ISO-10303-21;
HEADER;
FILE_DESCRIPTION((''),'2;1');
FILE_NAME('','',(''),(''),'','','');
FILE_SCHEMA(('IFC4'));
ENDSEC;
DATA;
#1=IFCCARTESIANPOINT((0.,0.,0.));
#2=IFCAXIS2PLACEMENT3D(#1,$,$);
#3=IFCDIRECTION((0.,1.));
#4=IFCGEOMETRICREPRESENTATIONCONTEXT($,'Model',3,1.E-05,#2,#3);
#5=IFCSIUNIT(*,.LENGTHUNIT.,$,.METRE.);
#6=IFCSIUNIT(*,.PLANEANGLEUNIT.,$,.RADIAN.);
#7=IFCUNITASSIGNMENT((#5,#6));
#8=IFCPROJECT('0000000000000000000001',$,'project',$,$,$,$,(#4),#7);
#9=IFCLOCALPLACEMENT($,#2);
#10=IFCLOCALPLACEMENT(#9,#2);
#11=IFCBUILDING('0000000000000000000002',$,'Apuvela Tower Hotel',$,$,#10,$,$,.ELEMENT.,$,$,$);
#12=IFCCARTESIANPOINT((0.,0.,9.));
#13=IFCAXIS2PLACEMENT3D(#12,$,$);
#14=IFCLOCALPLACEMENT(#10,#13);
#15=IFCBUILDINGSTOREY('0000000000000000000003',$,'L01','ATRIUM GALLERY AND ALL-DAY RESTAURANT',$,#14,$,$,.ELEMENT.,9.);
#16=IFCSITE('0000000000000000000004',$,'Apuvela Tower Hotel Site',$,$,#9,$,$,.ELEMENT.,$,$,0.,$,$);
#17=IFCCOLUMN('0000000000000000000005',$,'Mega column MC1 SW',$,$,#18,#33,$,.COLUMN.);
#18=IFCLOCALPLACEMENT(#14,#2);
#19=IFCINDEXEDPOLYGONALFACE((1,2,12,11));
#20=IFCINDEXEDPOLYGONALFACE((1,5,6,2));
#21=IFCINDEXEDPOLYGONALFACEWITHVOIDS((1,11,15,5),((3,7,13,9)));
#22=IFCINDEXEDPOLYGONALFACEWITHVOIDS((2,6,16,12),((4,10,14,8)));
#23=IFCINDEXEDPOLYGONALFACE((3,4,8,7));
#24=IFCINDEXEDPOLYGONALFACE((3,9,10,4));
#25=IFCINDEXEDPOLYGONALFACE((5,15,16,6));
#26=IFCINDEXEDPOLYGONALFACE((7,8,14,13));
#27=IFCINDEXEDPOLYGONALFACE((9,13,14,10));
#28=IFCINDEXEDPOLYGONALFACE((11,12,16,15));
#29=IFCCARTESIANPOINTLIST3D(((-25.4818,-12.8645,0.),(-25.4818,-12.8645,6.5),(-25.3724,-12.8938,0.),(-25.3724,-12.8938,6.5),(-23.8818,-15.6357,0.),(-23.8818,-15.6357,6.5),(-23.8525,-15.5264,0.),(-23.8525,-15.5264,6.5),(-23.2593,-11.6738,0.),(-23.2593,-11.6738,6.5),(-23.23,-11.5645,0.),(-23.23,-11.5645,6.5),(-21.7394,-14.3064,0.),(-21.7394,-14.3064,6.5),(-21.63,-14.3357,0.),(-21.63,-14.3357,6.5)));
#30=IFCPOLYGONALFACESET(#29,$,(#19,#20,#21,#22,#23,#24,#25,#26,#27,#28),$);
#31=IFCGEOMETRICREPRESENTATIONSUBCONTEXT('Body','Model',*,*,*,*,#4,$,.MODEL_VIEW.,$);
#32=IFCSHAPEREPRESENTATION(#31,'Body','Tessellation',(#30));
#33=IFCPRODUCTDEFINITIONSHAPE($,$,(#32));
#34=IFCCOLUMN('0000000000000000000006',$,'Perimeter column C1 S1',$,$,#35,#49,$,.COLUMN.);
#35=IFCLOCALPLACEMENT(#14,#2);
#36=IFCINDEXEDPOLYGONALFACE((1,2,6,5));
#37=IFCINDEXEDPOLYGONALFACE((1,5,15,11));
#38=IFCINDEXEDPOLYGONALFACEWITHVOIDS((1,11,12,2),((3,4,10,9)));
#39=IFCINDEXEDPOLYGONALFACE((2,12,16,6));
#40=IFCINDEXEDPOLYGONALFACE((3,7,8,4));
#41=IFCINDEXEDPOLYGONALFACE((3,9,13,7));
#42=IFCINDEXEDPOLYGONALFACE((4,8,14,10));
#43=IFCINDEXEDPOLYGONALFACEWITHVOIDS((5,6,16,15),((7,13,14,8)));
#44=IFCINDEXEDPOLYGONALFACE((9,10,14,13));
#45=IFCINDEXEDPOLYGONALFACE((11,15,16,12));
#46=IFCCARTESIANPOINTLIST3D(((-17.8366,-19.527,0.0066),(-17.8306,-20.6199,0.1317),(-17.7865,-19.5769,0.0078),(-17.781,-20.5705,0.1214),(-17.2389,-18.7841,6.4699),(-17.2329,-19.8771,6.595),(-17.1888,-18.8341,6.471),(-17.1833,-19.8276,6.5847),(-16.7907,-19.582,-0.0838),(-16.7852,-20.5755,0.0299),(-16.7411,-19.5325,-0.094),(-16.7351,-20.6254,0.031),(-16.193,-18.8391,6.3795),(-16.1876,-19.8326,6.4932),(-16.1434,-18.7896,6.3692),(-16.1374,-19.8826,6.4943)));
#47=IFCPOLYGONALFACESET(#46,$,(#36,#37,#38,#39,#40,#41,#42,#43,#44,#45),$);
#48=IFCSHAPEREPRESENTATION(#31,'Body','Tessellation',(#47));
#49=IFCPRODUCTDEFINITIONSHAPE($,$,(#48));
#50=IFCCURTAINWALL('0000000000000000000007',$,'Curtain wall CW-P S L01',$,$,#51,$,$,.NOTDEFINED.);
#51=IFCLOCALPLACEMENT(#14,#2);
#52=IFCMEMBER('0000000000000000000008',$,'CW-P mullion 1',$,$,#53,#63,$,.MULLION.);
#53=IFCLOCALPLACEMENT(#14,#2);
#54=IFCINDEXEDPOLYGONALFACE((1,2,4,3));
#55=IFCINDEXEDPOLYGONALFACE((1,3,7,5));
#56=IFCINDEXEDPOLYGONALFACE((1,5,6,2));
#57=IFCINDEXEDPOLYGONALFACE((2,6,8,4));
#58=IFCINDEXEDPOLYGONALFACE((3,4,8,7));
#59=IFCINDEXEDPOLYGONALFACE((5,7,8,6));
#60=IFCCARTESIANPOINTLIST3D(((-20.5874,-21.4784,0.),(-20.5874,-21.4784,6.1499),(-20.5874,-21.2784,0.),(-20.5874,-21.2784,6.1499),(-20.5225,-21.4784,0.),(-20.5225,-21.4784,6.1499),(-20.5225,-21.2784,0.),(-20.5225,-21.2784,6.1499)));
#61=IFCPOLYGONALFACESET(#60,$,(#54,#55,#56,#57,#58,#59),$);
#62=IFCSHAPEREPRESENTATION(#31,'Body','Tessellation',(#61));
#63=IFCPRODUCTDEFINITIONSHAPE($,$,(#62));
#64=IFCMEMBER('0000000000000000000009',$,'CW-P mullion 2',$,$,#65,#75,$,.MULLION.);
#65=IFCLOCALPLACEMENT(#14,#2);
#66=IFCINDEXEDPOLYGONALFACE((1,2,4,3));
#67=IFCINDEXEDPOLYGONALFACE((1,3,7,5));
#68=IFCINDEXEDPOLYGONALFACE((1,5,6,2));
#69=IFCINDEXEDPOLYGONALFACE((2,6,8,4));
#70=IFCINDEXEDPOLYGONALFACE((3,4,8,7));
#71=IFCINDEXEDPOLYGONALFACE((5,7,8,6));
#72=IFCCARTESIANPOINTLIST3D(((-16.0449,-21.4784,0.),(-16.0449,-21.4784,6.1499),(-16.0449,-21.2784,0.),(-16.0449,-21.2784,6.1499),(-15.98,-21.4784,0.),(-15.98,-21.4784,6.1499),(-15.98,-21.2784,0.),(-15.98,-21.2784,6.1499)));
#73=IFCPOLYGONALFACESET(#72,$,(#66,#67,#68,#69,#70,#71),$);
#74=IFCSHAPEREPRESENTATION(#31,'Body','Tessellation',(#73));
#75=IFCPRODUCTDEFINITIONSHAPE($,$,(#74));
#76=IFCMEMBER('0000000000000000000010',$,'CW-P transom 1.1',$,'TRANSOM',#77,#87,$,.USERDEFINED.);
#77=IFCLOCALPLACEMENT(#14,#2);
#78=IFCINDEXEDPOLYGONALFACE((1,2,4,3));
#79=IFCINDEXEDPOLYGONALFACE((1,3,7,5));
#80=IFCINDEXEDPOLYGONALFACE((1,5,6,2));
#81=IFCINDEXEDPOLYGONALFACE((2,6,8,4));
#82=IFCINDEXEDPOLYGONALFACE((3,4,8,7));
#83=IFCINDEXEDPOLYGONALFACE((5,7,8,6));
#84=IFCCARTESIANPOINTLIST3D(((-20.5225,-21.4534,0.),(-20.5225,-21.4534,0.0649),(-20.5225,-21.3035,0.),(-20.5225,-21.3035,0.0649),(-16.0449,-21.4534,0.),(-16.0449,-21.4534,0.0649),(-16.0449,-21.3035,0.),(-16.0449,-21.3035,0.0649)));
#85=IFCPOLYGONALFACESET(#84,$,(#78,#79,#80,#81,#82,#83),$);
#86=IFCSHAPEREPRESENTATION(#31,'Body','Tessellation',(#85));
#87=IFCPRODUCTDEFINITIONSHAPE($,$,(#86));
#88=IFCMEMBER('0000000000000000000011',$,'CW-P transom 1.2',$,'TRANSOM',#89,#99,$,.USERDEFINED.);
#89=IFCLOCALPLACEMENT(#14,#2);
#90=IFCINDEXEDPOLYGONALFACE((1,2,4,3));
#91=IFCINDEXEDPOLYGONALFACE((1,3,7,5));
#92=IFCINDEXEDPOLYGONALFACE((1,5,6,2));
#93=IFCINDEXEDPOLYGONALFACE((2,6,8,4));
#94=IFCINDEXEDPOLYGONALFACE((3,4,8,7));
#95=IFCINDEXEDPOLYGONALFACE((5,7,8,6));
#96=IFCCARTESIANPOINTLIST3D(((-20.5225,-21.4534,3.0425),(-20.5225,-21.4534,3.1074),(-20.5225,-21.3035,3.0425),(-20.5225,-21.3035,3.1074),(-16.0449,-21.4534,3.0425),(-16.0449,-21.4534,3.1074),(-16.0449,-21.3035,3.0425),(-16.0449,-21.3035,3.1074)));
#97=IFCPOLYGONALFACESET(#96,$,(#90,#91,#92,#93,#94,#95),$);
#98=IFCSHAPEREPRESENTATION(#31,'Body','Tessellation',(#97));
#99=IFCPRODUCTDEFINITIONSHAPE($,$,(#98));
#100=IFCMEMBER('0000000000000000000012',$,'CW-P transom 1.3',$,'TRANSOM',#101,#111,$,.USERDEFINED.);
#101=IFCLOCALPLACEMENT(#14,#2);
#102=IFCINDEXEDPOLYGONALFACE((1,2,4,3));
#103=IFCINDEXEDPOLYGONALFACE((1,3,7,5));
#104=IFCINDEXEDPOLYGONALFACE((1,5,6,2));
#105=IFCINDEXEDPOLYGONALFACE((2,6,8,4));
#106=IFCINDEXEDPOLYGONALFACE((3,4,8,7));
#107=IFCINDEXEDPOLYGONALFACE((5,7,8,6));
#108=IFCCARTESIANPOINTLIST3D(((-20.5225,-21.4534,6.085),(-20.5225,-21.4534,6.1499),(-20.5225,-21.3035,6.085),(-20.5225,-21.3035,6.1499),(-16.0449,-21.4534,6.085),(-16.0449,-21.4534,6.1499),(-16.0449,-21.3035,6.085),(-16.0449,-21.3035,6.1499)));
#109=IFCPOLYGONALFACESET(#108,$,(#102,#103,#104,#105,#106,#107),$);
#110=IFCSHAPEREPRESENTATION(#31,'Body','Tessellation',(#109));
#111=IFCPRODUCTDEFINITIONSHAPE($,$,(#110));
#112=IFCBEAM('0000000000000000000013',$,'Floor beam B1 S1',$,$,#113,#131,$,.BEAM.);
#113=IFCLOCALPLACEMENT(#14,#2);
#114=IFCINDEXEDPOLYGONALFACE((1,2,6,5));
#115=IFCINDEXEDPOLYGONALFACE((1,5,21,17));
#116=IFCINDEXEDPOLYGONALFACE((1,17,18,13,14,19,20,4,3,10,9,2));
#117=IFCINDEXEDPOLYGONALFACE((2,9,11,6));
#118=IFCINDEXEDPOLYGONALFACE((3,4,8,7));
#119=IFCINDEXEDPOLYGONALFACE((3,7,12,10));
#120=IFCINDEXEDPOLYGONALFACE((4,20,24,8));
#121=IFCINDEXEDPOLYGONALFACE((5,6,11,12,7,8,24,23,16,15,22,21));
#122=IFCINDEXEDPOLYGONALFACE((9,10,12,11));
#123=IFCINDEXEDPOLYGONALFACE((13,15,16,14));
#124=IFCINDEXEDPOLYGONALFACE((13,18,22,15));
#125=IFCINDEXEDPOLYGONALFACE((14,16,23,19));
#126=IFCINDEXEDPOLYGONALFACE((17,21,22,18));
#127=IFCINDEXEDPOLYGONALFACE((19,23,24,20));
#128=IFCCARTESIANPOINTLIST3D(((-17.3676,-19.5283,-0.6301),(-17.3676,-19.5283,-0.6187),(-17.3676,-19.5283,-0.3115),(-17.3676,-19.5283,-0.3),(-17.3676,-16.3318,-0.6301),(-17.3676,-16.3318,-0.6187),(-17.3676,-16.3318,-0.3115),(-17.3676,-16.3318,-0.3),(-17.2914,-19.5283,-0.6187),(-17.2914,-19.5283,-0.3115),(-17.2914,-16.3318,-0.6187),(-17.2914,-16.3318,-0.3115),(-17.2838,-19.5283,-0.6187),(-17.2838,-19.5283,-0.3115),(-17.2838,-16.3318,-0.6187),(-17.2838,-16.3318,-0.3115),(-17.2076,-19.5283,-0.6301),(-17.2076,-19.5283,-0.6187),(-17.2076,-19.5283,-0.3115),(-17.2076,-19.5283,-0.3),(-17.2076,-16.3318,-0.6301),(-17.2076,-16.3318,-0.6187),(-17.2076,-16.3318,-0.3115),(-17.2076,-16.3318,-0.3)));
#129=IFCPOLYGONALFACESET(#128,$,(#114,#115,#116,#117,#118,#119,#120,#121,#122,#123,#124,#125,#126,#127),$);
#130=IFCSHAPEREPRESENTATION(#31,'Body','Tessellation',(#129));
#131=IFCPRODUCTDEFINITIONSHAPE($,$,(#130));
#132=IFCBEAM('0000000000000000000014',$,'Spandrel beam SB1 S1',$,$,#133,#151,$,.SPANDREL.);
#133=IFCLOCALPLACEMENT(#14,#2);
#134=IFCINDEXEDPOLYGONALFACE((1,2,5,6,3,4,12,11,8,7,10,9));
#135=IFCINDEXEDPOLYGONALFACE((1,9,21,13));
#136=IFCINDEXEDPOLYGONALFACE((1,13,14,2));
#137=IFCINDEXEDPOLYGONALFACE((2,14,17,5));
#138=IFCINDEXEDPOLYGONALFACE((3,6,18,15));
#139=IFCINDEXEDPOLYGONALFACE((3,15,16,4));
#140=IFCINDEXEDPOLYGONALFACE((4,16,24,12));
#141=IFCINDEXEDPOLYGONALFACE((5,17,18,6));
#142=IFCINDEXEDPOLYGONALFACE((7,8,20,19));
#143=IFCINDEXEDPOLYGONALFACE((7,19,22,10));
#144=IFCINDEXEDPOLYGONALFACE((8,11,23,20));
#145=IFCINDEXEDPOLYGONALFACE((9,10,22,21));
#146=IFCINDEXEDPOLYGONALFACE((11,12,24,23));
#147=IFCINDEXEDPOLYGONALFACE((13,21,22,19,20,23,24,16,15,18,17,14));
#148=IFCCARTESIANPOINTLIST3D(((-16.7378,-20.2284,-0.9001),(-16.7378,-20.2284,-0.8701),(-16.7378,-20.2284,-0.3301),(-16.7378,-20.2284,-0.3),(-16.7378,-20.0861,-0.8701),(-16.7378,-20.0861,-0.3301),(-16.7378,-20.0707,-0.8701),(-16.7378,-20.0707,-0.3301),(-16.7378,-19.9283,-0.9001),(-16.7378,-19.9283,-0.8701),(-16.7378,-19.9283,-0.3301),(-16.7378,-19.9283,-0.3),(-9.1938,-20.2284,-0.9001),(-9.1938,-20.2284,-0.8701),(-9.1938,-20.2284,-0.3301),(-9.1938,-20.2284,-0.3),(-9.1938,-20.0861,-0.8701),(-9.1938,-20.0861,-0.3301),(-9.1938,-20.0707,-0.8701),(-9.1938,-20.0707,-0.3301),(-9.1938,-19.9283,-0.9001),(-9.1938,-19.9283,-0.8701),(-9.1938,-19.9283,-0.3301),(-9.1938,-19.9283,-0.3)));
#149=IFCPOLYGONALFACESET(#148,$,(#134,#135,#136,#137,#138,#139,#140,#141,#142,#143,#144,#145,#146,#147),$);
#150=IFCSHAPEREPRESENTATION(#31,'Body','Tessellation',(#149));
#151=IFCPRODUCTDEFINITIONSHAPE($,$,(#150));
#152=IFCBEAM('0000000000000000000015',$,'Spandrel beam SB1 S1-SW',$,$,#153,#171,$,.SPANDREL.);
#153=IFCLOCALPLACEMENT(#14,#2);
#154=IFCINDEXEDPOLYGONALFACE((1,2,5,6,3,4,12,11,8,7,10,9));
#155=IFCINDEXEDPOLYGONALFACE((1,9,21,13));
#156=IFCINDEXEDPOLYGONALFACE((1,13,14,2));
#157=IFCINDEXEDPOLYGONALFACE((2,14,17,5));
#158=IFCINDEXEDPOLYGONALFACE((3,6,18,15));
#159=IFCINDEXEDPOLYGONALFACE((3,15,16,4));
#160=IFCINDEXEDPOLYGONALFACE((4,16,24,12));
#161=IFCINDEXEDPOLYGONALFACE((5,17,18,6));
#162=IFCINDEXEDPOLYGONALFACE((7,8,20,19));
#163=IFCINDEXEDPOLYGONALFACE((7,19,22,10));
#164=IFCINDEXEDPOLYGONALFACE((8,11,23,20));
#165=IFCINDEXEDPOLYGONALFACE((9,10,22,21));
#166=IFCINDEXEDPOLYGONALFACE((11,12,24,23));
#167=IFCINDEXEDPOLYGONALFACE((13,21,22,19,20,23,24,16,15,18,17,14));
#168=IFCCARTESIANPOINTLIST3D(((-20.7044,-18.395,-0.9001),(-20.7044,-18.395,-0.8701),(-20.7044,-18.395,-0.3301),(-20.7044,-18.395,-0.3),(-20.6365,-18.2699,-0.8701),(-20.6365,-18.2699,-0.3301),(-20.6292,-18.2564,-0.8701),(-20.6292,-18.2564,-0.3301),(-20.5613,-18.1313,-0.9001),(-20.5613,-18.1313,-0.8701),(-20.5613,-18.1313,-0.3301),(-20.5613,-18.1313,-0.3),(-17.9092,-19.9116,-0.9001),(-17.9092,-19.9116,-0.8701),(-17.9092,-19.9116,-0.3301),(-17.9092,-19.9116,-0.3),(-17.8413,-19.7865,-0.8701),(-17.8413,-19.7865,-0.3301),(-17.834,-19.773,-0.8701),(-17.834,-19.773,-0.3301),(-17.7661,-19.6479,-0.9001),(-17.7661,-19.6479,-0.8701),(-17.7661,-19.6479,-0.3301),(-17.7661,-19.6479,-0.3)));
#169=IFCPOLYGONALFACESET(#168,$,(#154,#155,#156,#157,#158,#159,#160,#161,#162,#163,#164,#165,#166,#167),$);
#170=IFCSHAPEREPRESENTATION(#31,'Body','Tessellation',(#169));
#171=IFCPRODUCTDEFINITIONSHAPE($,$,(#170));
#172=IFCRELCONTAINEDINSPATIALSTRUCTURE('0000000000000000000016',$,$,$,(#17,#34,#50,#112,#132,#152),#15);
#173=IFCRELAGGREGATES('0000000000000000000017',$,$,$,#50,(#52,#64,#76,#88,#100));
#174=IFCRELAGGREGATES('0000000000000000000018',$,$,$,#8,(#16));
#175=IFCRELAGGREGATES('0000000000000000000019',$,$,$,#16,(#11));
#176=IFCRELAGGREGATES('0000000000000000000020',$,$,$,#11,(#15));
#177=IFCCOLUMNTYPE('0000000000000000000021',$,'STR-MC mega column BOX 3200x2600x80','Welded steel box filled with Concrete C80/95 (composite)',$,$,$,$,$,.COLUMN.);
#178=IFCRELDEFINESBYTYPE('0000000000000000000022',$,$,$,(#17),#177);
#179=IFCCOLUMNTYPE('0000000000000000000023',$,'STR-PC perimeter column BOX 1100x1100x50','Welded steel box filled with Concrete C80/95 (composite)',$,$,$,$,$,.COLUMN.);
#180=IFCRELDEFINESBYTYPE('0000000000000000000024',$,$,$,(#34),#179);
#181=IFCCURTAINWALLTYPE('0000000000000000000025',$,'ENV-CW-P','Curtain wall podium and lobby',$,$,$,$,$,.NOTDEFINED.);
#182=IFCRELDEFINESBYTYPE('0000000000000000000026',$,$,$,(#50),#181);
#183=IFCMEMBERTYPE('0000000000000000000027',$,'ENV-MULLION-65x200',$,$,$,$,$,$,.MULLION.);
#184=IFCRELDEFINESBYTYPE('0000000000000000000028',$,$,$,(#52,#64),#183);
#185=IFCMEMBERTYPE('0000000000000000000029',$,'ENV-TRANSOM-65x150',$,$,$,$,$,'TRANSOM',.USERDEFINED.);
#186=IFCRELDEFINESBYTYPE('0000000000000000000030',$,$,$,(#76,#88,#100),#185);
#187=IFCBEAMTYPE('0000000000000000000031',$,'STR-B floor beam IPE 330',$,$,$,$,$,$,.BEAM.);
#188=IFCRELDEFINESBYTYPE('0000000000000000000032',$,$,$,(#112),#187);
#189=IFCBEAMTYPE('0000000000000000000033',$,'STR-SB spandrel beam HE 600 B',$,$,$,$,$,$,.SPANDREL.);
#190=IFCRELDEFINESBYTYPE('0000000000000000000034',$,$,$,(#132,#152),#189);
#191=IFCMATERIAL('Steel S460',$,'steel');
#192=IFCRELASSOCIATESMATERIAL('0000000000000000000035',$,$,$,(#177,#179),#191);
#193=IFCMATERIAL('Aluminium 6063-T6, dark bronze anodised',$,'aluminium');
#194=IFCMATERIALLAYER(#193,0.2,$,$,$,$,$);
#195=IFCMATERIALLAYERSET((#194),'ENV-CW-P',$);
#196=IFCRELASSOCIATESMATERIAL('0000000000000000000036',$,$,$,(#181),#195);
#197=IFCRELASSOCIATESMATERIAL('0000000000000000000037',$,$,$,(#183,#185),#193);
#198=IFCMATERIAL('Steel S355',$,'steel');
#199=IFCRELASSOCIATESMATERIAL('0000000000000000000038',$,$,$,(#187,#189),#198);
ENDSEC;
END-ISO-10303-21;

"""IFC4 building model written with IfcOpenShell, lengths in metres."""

from ifc_helpers import new_model, si_unit, direction, frame, origin, origin_2d, place, context, subcontext, project, spatial, rectangle, hollow_rectangle, i_section, extrude, boolean, halfspace, material, layer, layer_set, material_profile, profile_set, type_object, element, aggregate, save


model = new_model("IFC4")

# Units and contexts
model_context = context("Model", 3, precision=1e-05, world=origin(), true_north=direction((0.0, 1.0)))
body_context = subcontext(model_context, "Body", "Model", "MODEL_VIEW")
ifc_project = project(units=[si_unit("LENGTHUNIT", "METRE"), si_unit("PLANEANGLEUNIT", "RADIAN")], contexts=[model_context])

# Site, building, storey
site_placement = place(None, origin())
site = spatial("IfcSite", under=ifc_project, at=site_placement, Name="Apuvela Tower Hotel Site", CompositionType="ELEMENT", RefElevation=0.0)
building_placement = place(site_placement, origin())
building = spatial("IfcBuilding", under=site, at=building_placement, Name="Apuvela Tower Hotel", CompositionType="ELEMENT")
storey_placement = place(building_placement, frame((0.0, 0.0, 9.0)))
storey = spatial("IfcBuildingStorey", under=building, at=storey_placement, Name="L01", Description="ATRIUM GALLERY AND ALL-DAY RESTAURANT", CompositionType="ELEMENT", Elevation=9.0)

# Columns
ifc_material_1 = material(Name="Steel S460", Category="steel")
ifc_material_profile_1 = material_profile(ifc_material_1, hollow_rectangle(XDim=3.2, YDim=2.6001, WallThickness=0.0801, at=origin_2d()), Name="BOX 3200x2600x80")
ifc_material_2 = material(Name="Concrete C80/95", Category="concrete")
ifc_material_profile_2 = material_profile(ifc_material_2, rectangle(XDim=3.04, YDim=2.4399, at=origin_2d()), Name="Concrete C80/95 infill")
ifc_profile_set_1 = profile_set([ifc_material_profile_1, ifc_material_profile_2], Name="Steel S460")
column_type_1 = type_object("IfcColumnType", Name="STR-MC mega column BOX 3200x2600x80", Description="Welded steel box filled with Concrete C80/95 (composite)", PredefinedType="COLUMN", material=ifc_profile_set_1)
column_1_placement = place(storey_placement, frame((-23.5559, -13.6001, 0.0), z_axis=(0.0, 0.0, 1.0), x_axis=(-0.5, 0.866025, 0.0)))
element("IfcColumn", 1, at=column_1_placement, inside=storey, type_object=column_type_1, Name="Mega column MC1 SW", PredefinedType="COLUMN", context=body_context, shape_type="SweptSolid", body=[
    extrude(hollow_rectangle(XDim=3.2, YDim=2.6001, WallThickness=0.0801, at=origin_2d()), origin(), (0.0, 0.0, 1.0), 6.5),
])
ifc_material_profile_3 = material_profile(ifc_material_1, hollow_rectangle(XDim=1.1001, YDim=1.1001, WallThickness=0.05, at=origin_2d()), Name="BOX 1100x1100x50")
ifc_material_profile_4 = material_profile(ifc_material_2, rectangle(XDim=1.0, YDim=1.0, at=origin_2d()), Name="Concrete C80/95 infill")
ifc_profile_set_2 = profile_set([ifc_material_profile_3, ifc_material_profile_4], Name="Steel S460")
column_type_2 = type_object("IfcColumnType", Name="STR-PC perimeter column BOX 1100x1100x50", Description="Welded steel box filled with Concrete C80/95 (composite)", PredefinedType="COLUMN", material=ifc_profile_set_2)
column_2_placement = place(storey_placement, frame((-17.2876, -20.0784, 0.0), z_axis=(0.091483, 0.113703, 0.989294), x_axis=(-0.995792, 0.005009, 0.091508)))
element("IfcColumn", 2, at=column_2_placement, inside=storey, type_object=column_type_2, Name="Perimeter column C1 S1", PredefinedType="COLUMN", context=body_context, shape_type="SweptSolid", body=[
    boolean("DIFFERENCE", boolean("DIFFERENCE", extrude(hollow_rectangle(XDim=1.1001, YDim=1.1001, WallThickness=0.05, at=origin_2d()), origin(), (0.0, 0.0, 1.0), 6.5703), halfspace(frame((0.0, 0.0, 0.019), z_axis=(0.0, 0.0, 1.0), x_axis=(1.0, 0.0, 0.0)), True)), halfspace(frame((0.0, 0.0, 6.5522), z_axis=(0.0, 0.0, 1.0), x_axis=(1.0, 0.0, 0.0)), False)),
])

# Curtain wall, members
ifc_material_3 = material(Name="Aluminium 6063-T6, dark bronze anodised", Category="aluminium")
ifc_layer_1 = layer(ifc_material_3, 0.2)
ifc_layer_set_1 = layer_set([ifc_layer_1], Name="ENV-CW-P")
curtain_wall_type = type_object("IfcCurtainWallType", Name="ENV-CW-P", Description="Curtain wall podium and lobby", PredefinedType="NOTDEFINED", material=ifc_layer_set_1)
curtain_wall_placement = place(storey_placement, origin())
curtain_wall = element("IfcCurtainWall", 3, at=curtain_wall_placement, inside=storey, type_object=curtain_wall_type, Name="Curtain wall CW-P S L01", PredefinedType="NOTDEFINED")
ifc_material_profile_5 = material_profile(ifc_material_3, rectangle(XDim=0.2, YDim=0.0649, at=origin_2d()), Name="AL 65x200")
ifc_profile_set_3 = profile_set([ifc_material_profile_5], Name="Aluminium 6063-T6, dark bronze anodised")
member_type_1 = type_object("IfcMemberType", Name="ENV-MULLION-65x200", PredefinedType="MULLION", material=ifc_profile_set_3)
member_1_placement = place(storey_placement, frame((-20.5549, -21.3784, 0.0), z_axis=(0.0, 0.0, 1.0), x_axis=(0.0, 1.0, 0.0)))
member_1 = element("IfcMember", 4, at=member_1_placement, type_object=member_type_1, Name="CW-P mullion 1", PredefinedType="MULLION", context=body_context, shape_type="SweptSolid", body=[
    extrude(rectangle(XDim=0.2, YDim=0.0649, at=origin_2d()), origin(), (0.0, 0.0, 1.0), 6.1499),
])
member_2_placement = place(storey_placement, frame((-16.0125, -21.3784, 0.0), z_axis=(0.0, 0.0, 1.0), x_axis=(0.0, 1.0, 0.0)))
member_2 = element("IfcMember", 5, at=member_2_placement, type_object=member_type_1, Name="CW-P mullion 2", PredefinedType="MULLION", context=body_context, shape_type="SweptSolid", body=[
    extrude(rectangle(XDim=0.2, YDim=0.0649, at=origin_2d()), origin(), (0.0, 0.0, 1.0), 6.1499),
])
ifc_material_profile_6 = material_profile(ifc_material_3, rectangle(XDim=0.1499, YDim=0.0649, at=origin_2d()), Name="AL 65x150 transom")
ifc_profile_set_4 = profile_set([ifc_material_profile_6], Name="Aluminium 6063-T6, dark bronze anodised")
member_type_2 = type_object("IfcMemberType", Name="ENV-TRANSOM-65x150", ElementType="TRANSOM", PredefinedType="USERDEFINED", material=ifc_profile_set_4)
member_3_placement = place(storey_placement, frame((-20.5225, -21.3784, 0.0325), z_axis=(1.0, 0.0, 0.0), x_axis=(0.0, 1.0, 0.0)))
member_3 = element("IfcMember", 6, at=member_3_placement, type_object=member_type_2, Name="CW-P transom 1.1", ObjectType="TRANSOM", PredefinedType="USERDEFINED", context=body_context, shape_type="SweptSolid", body=[
    extrude(rectangle(XDim=0.1499, YDim=0.0649, at=origin_2d()), origin(), (0.0, 0.0, 1.0), 4.4775),
])
member_4_placement = place(storey_placement, frame((-20.5225, -21.3784, 3.075), z_axis=(1.0, 0.0, 0.0), x_axis=(0.0, 1.0, 0.0)))
member_4 = element("IfcMember", 7, at=member_4_placement, type_object=member_type_2, Name="CW-P transom 1.2", ObjectType="TRANSOM", PredefinedType="USERDEFINED", context=body_context, shape_type="SweptSolid", body=[
    extrude(rectangle(XDim=0.1499, YDim=0.0649, at=origin_2d()), origin(), (0.0, 0.0, 1.0), 4.4775),
])
member_5_placement = place(storey_placement, frame((-20.5225, -21.3784, 6.1174), z_axis=(1.0, 0.0, 0.0), x_axis=(0.0, 1.0, 0.0)))
member_5 = element("IfcMember", 8, at=member_5_placement, type_object=member_type_2, Name="CW-P transom 1.3", ObjectType="TRANSOM", PredefinedType="USERDEFINED", context=body_context, shape_type="SweptSolid", body=[
    extrude(rectangle(XDim=0.1499, YDim=0.0649, at=origin_2d()), origin(), (0.0, 0.0, 1.0), 4.4775),
])

# Beams
ifc_material_4 = material(Name="Steel S355", Category="steel")
ifc_material_profile_7 = material_profile(ifc_material_4, i_section(OverallWidth=0.1599, OverallDepth=0.3301, WebThickness=0.0076, FlangeThickness=0.0115, at=origin_2d()), Name="IPE 330")
ifc_profile_set_5 = profile_set([ifc_material_profile_7], Name="Steel S355")
beam_type_1 = type_object("IfcBeamType", Name="STR-B floor beam IPE 330", PredefinedType="BEAM", material=ifc_profile_set_5)
beam_1_placement = place(storey_placement, frame((-17.2876, -19.5283, -0.4651), z_axis=(0.0, 1.0, 0.0), x_axis=(-1.0, 0.0, 0.0)))
element("IfcBeam", 9, at=beam_1_placement, inside=storey, type_object=beam_type_1, Name="Floor beam B1 S1", PredefinedType="BEAM", context=body_context, shape_type="SweptSolid", body=[
    extrude(i_section(OverallWidth=0.1599, OverallDepth=0.3301, WebThickness=0.0076, FlangeThickness=0.0115, at=origin_2d()), origin(), (0.0, 0.0, 1.0), 3.1965),
])
ifc_material_profile_8 = material_profile(ifc_material_4, i_section(OverallWidth=0.3, OverallDepth=0.6001, WebThickness=0.0154, FlangeThickness=0.03, at=origin_2d()), Name="HE 600 B")
ifc_profile_set_6 = profile_set([ifc_material_profile_8], Name="Steel S355")
beam_type_2 = type_object("IfcBeamType", Name="STR-SB spandrel beam HE 600 B", PredefinedType="SPANDREL", material=ifc_profile_set_6)
beam_2_placement = place(storey_placement, frame((-16.7378, -20.0784, -0.6001), z_axis=(1.0, 0.0, 0.0), x_axis=(0.0, 1.0, 0.0)))
element("IfcBeam", 10, at=beam_2_placement, inside=storey, type_object=beam_type_2, Name="Spandrel beam SB1 S1", PredefinedType="SPANDREL", context=body_context, shape_type="SweptSolid", body=[
    extrude(i_section(OverallWidth=0.3, OverallDepth=0.6001, WebThickness=0.0154, FlangeThickness=0.03, at=origin_2d()), origin(), (0.0, 0.0, 1.0), 7.5439),
])
beam_3_placement = place(storey_placement, frame((-17.8376, -19.7798, -0.6001), z_axis=(-0.878955, 0.476904, 0.0), x_axis=(-0.476904, -0.878955, 0.0)))
element("IfcBeam", 11, at=beam_3_placement, inside=storey, type_object=beam_type_2, Name="Spandrel beam SB1 S1-SW", PredefinedType="SPANDREL", context=body_context, shape_type="SweptSolid", body=[
    extrude(i_section(OverallWidth=0.3, OverallDepth=0.6001, WebThickness=0.0154, FlangeThickness=0.03, at=origin_2d()), origin(), (0.0, 0.0, 1.0), 3.1802),
])

aggregate(curtain_wall, [member_1, member_2, member_3, member_4, member_5])

save(model, "model.ifc")
